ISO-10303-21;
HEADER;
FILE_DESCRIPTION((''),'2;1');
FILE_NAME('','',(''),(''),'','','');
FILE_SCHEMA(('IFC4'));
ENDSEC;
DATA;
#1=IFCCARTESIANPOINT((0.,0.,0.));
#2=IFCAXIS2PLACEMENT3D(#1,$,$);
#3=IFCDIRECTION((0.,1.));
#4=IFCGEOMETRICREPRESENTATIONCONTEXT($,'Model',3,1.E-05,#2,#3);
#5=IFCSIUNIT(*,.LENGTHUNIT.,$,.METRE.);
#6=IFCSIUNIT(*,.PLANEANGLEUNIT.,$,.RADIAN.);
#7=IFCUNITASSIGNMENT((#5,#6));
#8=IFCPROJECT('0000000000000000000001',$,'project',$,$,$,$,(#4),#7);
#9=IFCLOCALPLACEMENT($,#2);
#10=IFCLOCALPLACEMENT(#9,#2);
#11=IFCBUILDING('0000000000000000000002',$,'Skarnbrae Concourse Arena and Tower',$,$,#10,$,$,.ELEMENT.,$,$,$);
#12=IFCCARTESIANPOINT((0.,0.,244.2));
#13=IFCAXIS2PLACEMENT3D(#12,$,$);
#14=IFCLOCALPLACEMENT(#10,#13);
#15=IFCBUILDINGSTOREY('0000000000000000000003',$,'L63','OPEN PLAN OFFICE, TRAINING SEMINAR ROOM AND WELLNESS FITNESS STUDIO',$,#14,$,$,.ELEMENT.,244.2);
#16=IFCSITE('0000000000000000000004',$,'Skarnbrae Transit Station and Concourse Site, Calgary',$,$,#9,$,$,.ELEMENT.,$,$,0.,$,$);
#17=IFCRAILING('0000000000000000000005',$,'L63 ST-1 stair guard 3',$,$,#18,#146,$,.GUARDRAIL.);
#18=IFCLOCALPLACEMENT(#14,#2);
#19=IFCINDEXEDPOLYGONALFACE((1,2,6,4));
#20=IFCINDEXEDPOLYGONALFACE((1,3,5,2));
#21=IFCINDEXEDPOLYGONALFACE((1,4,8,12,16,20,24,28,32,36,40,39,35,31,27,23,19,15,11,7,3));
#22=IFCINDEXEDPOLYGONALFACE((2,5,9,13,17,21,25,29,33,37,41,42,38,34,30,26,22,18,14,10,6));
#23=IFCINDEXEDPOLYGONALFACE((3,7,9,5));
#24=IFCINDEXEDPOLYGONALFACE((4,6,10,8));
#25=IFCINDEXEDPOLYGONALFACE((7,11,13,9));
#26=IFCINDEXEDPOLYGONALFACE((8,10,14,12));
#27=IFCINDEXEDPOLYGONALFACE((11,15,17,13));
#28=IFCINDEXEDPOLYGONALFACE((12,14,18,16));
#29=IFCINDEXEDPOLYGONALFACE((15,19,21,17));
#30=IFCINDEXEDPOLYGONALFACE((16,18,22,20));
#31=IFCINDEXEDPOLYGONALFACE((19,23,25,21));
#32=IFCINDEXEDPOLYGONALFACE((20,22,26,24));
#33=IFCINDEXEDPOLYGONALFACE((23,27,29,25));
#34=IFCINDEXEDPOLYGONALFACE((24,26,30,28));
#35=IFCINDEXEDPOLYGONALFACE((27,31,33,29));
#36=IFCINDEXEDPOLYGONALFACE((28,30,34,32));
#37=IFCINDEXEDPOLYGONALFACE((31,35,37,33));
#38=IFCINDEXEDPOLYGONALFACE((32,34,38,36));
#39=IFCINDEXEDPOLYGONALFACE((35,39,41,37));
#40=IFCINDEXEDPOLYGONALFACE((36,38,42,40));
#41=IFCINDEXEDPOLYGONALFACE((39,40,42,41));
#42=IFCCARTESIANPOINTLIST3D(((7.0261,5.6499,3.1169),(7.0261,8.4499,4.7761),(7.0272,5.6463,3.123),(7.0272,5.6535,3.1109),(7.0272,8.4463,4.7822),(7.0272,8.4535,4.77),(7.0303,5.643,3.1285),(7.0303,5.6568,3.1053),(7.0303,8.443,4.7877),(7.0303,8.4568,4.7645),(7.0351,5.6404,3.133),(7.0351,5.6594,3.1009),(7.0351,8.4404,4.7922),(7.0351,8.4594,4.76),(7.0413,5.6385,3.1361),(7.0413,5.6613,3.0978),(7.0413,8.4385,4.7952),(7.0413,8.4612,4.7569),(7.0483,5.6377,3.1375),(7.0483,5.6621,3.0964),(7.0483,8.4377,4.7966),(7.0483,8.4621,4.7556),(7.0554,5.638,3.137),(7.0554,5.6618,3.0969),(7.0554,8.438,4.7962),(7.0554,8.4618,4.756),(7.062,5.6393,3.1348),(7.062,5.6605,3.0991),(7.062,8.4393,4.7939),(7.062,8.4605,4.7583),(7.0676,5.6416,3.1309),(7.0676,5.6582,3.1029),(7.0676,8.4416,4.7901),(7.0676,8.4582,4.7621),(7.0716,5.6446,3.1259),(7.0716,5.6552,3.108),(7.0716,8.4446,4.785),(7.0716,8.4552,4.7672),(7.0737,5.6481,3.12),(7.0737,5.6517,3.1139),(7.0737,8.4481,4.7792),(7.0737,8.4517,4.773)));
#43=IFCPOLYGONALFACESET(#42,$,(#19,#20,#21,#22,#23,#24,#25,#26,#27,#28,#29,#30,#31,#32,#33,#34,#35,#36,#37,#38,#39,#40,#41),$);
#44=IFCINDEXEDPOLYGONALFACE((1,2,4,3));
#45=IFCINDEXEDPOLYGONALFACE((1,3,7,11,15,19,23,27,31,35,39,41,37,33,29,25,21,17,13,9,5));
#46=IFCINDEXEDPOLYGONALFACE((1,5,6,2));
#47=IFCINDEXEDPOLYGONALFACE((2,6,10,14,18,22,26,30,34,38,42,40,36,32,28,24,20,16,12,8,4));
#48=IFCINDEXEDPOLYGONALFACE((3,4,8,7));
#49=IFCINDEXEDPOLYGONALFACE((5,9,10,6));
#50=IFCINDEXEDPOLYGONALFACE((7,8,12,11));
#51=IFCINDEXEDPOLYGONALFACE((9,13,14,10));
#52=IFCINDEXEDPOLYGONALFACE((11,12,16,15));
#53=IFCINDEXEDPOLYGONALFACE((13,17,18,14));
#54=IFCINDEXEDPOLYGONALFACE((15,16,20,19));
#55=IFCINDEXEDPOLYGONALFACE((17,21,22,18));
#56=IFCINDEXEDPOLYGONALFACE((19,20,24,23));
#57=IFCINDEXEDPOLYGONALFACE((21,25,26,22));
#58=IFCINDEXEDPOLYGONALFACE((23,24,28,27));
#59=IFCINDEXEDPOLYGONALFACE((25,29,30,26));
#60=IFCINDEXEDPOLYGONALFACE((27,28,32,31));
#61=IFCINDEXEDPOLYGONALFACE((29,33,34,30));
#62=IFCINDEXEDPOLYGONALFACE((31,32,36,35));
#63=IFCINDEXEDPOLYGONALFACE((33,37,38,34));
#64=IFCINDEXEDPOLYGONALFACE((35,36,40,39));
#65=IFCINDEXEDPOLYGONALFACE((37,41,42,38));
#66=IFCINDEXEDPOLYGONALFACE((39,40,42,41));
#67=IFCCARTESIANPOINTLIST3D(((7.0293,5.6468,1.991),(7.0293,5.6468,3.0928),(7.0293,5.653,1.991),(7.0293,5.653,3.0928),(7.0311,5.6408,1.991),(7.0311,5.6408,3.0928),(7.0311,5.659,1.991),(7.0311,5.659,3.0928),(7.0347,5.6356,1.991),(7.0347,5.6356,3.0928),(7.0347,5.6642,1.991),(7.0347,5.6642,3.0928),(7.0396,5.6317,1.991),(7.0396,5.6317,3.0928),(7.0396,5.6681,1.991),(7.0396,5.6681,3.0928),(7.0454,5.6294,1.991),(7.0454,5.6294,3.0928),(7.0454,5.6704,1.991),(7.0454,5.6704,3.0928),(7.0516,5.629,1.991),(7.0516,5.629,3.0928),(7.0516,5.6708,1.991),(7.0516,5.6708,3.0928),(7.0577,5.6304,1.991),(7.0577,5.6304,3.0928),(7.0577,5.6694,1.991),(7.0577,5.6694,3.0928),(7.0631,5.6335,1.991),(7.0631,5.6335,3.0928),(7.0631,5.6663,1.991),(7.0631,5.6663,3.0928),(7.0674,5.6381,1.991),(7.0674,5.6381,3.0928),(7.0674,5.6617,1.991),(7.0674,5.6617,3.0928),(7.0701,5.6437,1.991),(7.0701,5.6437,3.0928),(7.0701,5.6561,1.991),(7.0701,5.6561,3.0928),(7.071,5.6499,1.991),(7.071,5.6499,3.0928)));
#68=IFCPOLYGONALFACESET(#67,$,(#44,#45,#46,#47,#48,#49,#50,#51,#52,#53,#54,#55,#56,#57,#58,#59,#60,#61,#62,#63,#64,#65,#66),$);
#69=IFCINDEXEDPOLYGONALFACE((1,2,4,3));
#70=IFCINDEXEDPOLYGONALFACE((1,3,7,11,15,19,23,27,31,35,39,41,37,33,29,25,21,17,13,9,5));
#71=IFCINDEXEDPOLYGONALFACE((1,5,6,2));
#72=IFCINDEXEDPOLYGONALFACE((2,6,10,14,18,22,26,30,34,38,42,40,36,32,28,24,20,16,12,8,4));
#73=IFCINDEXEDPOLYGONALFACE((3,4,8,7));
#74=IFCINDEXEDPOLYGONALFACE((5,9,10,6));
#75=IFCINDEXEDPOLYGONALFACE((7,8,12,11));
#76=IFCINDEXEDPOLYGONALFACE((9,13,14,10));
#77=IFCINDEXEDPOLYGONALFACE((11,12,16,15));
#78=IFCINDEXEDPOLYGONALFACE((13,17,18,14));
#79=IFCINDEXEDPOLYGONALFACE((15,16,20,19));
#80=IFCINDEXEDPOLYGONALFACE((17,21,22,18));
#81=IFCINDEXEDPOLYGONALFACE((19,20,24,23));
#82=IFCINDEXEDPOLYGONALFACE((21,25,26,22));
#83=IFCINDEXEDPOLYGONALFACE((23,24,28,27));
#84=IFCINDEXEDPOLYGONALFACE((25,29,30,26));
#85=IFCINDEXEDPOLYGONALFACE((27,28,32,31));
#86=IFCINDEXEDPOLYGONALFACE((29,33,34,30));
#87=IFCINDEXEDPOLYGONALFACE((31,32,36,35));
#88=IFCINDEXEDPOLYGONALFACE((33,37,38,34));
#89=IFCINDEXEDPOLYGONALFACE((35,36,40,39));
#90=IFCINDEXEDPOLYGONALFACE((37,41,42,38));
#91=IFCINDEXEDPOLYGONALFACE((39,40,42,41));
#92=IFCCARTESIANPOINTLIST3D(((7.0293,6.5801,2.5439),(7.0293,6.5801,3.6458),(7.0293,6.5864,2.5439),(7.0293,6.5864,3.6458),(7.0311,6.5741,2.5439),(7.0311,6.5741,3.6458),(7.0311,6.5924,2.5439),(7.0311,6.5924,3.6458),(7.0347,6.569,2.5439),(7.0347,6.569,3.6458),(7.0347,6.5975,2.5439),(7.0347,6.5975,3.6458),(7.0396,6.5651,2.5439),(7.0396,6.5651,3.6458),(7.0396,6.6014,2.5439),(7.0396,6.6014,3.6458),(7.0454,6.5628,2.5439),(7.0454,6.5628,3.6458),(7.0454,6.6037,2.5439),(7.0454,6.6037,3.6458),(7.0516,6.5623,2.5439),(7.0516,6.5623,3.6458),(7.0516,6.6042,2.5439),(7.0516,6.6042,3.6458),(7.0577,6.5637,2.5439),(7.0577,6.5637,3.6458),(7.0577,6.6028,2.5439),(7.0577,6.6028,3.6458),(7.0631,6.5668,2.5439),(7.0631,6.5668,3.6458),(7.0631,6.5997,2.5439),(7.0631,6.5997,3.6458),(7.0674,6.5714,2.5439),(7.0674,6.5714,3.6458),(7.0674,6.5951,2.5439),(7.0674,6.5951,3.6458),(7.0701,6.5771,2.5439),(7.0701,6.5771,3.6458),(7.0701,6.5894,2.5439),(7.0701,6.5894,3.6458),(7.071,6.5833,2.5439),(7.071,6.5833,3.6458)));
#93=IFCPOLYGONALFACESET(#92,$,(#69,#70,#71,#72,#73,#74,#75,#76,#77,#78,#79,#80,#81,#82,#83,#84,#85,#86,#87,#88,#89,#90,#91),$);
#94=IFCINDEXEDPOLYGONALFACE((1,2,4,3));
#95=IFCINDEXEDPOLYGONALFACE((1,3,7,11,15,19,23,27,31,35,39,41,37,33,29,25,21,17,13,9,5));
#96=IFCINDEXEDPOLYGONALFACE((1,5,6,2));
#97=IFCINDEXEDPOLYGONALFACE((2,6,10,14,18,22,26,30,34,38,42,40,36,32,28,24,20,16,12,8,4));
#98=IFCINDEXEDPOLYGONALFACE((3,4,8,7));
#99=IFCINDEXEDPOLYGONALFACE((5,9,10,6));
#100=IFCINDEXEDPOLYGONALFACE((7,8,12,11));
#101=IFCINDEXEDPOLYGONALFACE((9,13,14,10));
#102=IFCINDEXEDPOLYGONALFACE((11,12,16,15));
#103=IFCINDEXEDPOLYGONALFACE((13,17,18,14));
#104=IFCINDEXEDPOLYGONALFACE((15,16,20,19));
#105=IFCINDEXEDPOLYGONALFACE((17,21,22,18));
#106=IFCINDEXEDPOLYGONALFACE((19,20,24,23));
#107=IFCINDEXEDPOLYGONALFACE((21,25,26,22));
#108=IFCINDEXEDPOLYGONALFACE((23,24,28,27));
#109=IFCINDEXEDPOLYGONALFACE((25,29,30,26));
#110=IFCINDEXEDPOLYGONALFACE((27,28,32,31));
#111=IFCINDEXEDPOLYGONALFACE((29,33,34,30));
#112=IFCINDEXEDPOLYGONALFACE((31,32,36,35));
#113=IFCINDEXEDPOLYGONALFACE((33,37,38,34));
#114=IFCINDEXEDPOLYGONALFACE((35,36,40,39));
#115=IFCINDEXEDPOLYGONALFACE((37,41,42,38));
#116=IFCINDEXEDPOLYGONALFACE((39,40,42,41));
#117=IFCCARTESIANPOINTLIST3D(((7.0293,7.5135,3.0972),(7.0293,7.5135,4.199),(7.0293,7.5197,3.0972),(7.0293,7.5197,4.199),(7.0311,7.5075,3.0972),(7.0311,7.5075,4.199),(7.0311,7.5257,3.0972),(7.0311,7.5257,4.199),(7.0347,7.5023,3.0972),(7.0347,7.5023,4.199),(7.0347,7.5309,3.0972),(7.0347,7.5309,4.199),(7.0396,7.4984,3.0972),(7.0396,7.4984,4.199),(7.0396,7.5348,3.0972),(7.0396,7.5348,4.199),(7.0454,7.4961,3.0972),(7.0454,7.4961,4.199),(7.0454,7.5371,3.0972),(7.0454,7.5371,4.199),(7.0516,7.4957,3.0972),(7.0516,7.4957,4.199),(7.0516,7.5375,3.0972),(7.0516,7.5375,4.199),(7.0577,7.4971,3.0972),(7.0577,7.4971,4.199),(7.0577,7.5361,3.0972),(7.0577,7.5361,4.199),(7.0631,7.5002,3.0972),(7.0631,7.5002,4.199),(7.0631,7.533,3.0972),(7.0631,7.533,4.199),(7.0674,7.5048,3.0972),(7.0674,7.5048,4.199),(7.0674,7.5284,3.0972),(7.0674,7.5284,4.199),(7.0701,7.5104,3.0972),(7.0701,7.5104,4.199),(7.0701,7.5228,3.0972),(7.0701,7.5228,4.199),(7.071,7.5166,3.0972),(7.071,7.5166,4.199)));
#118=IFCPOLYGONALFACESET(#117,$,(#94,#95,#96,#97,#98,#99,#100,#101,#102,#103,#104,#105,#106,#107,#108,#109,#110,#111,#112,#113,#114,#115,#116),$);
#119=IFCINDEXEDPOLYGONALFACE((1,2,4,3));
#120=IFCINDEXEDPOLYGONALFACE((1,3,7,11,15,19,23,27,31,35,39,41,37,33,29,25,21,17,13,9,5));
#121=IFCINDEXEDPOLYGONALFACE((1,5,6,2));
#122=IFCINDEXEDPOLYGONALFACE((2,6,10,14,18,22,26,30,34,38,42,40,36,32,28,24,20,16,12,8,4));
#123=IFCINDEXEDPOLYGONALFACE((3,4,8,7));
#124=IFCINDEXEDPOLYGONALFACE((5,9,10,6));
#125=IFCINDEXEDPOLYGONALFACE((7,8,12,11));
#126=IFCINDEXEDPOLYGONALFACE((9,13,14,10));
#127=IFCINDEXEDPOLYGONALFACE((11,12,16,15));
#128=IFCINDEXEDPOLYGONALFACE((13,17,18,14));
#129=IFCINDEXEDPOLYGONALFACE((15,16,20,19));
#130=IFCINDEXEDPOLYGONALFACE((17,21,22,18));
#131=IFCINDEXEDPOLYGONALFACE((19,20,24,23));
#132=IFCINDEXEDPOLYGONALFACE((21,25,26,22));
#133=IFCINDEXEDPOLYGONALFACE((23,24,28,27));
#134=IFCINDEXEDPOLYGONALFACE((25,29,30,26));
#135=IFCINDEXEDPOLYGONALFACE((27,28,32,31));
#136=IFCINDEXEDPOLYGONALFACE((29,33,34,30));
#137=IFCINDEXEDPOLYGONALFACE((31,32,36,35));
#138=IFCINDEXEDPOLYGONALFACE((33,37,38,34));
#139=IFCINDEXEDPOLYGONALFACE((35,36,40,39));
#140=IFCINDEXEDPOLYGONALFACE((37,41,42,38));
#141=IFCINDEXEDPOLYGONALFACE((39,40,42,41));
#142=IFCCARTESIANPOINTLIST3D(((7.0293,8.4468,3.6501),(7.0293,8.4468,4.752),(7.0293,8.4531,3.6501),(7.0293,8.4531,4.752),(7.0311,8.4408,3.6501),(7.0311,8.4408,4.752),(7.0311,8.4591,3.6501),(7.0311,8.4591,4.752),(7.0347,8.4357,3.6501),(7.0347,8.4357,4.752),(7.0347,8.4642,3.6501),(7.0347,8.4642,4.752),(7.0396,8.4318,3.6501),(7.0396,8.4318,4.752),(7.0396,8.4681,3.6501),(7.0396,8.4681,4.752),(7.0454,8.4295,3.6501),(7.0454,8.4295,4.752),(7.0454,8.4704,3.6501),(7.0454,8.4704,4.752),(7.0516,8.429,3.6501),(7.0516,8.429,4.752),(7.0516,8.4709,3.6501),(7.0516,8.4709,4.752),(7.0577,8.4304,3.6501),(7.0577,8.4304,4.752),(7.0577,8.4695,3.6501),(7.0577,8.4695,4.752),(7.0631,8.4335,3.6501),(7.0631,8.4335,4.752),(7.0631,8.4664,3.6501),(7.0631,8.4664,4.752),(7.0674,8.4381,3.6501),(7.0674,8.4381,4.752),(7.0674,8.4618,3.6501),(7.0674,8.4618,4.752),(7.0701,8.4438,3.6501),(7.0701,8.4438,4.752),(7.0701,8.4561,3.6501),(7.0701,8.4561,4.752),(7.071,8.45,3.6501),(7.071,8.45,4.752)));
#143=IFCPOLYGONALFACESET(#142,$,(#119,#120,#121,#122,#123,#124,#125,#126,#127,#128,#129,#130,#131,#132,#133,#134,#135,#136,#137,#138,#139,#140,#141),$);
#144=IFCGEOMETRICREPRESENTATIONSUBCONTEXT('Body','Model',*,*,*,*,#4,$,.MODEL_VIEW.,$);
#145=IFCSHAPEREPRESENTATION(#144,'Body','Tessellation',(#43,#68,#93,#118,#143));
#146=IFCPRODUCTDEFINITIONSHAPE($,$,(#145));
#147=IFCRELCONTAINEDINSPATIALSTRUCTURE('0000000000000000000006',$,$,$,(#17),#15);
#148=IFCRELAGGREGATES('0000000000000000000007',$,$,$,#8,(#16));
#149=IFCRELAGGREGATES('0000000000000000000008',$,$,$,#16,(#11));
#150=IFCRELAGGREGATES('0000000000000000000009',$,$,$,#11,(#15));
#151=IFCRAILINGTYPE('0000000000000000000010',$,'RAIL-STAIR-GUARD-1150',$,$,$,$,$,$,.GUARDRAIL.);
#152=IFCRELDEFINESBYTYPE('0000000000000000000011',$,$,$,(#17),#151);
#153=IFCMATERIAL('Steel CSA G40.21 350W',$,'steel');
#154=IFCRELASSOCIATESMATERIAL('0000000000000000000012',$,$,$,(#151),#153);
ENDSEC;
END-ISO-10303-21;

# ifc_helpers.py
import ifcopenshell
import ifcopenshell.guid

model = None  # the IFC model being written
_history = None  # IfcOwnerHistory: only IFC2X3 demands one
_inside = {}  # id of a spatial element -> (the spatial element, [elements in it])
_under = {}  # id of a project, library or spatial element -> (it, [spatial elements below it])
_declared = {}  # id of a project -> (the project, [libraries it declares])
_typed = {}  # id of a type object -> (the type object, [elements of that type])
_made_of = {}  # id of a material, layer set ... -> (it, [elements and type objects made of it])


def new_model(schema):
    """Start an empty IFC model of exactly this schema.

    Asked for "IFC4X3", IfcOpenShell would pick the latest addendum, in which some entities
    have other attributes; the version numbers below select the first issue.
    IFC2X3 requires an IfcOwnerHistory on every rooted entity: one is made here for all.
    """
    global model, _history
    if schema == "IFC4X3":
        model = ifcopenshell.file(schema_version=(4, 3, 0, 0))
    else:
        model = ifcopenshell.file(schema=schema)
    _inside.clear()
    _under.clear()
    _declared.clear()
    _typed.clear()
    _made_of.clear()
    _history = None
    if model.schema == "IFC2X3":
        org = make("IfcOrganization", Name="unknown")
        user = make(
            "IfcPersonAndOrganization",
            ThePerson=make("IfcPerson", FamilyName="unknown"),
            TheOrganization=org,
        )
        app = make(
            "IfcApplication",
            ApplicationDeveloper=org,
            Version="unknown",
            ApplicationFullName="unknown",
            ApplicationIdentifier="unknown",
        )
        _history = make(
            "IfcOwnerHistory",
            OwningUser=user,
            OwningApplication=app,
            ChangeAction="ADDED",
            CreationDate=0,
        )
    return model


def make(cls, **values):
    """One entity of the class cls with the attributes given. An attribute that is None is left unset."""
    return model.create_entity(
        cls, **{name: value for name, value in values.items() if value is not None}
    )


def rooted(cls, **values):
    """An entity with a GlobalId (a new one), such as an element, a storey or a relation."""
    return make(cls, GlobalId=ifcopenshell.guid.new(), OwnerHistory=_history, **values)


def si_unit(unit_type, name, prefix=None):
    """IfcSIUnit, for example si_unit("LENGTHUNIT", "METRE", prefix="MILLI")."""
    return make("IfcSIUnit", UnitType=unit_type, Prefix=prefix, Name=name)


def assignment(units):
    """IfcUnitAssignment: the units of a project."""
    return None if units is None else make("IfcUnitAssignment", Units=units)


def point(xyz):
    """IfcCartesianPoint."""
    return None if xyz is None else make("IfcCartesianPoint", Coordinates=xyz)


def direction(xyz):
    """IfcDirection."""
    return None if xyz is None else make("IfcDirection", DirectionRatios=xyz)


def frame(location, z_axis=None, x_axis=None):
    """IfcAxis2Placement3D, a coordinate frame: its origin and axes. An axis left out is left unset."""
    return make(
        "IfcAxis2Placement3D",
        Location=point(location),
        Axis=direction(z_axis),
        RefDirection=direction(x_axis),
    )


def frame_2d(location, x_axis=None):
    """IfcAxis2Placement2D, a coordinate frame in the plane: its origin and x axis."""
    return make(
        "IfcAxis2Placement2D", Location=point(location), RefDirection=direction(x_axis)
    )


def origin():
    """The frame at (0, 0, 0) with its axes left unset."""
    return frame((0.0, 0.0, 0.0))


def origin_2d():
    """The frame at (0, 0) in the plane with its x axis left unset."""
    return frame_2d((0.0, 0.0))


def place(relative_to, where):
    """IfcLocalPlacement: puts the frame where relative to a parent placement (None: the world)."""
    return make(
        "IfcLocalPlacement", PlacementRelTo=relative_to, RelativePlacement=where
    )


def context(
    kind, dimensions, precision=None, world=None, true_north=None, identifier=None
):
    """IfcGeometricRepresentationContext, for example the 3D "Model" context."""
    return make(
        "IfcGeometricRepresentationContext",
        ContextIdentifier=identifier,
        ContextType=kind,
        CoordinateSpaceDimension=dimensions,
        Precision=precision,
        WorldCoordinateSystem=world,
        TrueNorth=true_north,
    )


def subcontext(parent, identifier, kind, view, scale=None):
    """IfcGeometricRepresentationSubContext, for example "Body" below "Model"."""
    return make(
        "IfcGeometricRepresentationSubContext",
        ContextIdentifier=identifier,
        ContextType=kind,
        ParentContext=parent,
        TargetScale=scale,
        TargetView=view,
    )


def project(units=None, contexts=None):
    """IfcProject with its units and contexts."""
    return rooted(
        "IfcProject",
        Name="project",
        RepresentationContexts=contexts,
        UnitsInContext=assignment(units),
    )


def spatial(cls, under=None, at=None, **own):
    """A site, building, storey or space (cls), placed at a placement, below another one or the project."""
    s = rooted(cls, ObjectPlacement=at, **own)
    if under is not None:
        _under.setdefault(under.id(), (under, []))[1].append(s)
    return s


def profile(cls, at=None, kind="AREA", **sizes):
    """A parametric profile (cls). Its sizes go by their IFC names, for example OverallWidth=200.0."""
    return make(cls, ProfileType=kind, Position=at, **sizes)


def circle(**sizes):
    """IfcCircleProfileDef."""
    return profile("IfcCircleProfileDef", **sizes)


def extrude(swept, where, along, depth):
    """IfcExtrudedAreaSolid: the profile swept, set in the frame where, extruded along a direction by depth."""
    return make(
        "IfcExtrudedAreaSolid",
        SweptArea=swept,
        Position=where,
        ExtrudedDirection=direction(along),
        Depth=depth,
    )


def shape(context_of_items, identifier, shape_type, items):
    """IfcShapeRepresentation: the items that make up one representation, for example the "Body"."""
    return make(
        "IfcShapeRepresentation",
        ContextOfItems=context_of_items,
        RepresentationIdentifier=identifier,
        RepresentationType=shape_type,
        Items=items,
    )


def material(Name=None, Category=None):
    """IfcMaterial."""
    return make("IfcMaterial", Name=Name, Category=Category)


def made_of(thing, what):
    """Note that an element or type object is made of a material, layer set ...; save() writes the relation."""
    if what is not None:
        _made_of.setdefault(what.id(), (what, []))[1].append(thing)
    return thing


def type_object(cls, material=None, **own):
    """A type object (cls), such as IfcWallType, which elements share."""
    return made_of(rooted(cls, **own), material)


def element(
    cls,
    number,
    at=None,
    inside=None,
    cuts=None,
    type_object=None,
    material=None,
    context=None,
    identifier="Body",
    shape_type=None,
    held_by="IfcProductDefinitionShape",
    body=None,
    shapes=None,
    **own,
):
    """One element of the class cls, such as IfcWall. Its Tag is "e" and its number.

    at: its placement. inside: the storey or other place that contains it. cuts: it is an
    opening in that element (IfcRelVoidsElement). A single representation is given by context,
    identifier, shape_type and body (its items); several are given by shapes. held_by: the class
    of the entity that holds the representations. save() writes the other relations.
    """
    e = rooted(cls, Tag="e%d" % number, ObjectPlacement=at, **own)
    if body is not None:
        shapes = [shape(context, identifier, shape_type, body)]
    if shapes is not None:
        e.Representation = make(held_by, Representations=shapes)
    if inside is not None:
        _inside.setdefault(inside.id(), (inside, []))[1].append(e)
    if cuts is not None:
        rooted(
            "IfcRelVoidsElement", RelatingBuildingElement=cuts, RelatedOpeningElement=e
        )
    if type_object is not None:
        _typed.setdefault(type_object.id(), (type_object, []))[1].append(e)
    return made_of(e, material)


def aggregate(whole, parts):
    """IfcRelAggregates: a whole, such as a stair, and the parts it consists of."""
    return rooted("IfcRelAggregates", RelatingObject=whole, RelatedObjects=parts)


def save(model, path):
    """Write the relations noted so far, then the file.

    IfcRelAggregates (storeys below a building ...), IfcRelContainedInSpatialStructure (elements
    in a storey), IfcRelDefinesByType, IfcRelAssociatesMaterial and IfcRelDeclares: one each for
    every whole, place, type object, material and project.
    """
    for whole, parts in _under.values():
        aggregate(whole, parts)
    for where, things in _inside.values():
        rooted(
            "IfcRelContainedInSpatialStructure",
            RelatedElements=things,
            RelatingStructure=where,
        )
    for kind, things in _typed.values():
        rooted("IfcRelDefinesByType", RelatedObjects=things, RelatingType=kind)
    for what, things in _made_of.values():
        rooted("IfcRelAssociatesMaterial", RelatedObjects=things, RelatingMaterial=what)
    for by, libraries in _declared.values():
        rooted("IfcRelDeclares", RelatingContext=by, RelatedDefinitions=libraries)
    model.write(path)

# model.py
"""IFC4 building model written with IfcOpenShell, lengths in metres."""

from ifc_helpers import new_model, si_unit, direction, frame, origin, origin_2d, place, context, subcontext, project, spatial, circle, extrude, material, type_object, element, save


model = new_model("IFC4")

# Units and contexts
model_context = context("Model", 3, precision=1e-05, world=origin(), true_north=direction((0.0, 1.0)))
body_context = subcontext(model_context, "Body", "Model", "MODEL_VIEW")
ifc_project = project(units=[si_unit("LENGTHUNIT", "METRE"), si_unit("PLANEANGLEUNIT", "RADIAN")], contexts=[model_context])

# Site, building, storey
site_placement = place(None, origin())
site = spatial("IfcSite", under=ifc_project, at=site_placement, Name="Skarnbrae Transit Station and Concourse Site, Calgary", CompositionType="ELEMENT", RefElevation=0.0)
building_placement = place(site_placement, origin())
building = spatial("IfcBuilding", under=site, at=building_placement, Name="Skarnbrae Concourse Arena and Tower", CompositionType="ELEMENT")
storey_placement = place(building_placement, frame((0.0, 0.0, 244.2)))
storey = spatial("IfcBuildingStorey", under=building, at=storey_placement, Name="L63", Description="OPEN PLAN OFFICE, TRAINING SEMINAR ROOM AND WELLNESS FITNESS STUDIO", CompositionType="ELEMENT", Elevation=244.2)

# Shared definitions
ifc_material_1 = material(Name="Steel CSA G40.21 350W", Category="steel")

# Railing
railing_type_1 = type_object("IfcRailingType", Name="RAIL-STAIR-GUARD-1150", PredefinedType="GUARDRAIL", material=ifc_material_1)
railing_1_placement = place(storey_placement, frame((7.05, 5.6499, 1.991)))
element("IfcRailing", 1, at=railing_1_placement, inside=storey, type_object=railing_type_1, Name="L63 ST-1 stair guard 3", PredefinedType="GUARDRAIL", context=body_context, shape_type="SweptSolid", body=[
    extrude(circle(Radius=0.0239, at=origin_2d()), frame((0.0, 0.0, 1.126), z_axis=(0.0, 0.860306, 0.509778), x_axis=(-1.0, 0.0, 0.0)), (0.0, 0.0, 1.0), 3.2546),
    extrude(circle(Radius=0.021, at=origin_2d()), origin(), (0.0, 0.0, 1.0), 1.1018),
    extrude(circle(Radius=0.021, at=origin_2d()), frame((0.0, 0.9333, 0.553)), (0.0, 0.0, 1.0), 1.1018),
    extrude(circle(Radius=0.021, at=origin_2d()), frame((0.0, 1.8667, 1.1062)), (0.0, 0.0, 1.0), 1.1018),
    extrude(circle(Radius=0.021, at=origin_2d()), frame((0.0, 2.8, 1.6592)), (0.0, 0.0, 1.0), 1.1018),
])

save(model, "model.ifc")
